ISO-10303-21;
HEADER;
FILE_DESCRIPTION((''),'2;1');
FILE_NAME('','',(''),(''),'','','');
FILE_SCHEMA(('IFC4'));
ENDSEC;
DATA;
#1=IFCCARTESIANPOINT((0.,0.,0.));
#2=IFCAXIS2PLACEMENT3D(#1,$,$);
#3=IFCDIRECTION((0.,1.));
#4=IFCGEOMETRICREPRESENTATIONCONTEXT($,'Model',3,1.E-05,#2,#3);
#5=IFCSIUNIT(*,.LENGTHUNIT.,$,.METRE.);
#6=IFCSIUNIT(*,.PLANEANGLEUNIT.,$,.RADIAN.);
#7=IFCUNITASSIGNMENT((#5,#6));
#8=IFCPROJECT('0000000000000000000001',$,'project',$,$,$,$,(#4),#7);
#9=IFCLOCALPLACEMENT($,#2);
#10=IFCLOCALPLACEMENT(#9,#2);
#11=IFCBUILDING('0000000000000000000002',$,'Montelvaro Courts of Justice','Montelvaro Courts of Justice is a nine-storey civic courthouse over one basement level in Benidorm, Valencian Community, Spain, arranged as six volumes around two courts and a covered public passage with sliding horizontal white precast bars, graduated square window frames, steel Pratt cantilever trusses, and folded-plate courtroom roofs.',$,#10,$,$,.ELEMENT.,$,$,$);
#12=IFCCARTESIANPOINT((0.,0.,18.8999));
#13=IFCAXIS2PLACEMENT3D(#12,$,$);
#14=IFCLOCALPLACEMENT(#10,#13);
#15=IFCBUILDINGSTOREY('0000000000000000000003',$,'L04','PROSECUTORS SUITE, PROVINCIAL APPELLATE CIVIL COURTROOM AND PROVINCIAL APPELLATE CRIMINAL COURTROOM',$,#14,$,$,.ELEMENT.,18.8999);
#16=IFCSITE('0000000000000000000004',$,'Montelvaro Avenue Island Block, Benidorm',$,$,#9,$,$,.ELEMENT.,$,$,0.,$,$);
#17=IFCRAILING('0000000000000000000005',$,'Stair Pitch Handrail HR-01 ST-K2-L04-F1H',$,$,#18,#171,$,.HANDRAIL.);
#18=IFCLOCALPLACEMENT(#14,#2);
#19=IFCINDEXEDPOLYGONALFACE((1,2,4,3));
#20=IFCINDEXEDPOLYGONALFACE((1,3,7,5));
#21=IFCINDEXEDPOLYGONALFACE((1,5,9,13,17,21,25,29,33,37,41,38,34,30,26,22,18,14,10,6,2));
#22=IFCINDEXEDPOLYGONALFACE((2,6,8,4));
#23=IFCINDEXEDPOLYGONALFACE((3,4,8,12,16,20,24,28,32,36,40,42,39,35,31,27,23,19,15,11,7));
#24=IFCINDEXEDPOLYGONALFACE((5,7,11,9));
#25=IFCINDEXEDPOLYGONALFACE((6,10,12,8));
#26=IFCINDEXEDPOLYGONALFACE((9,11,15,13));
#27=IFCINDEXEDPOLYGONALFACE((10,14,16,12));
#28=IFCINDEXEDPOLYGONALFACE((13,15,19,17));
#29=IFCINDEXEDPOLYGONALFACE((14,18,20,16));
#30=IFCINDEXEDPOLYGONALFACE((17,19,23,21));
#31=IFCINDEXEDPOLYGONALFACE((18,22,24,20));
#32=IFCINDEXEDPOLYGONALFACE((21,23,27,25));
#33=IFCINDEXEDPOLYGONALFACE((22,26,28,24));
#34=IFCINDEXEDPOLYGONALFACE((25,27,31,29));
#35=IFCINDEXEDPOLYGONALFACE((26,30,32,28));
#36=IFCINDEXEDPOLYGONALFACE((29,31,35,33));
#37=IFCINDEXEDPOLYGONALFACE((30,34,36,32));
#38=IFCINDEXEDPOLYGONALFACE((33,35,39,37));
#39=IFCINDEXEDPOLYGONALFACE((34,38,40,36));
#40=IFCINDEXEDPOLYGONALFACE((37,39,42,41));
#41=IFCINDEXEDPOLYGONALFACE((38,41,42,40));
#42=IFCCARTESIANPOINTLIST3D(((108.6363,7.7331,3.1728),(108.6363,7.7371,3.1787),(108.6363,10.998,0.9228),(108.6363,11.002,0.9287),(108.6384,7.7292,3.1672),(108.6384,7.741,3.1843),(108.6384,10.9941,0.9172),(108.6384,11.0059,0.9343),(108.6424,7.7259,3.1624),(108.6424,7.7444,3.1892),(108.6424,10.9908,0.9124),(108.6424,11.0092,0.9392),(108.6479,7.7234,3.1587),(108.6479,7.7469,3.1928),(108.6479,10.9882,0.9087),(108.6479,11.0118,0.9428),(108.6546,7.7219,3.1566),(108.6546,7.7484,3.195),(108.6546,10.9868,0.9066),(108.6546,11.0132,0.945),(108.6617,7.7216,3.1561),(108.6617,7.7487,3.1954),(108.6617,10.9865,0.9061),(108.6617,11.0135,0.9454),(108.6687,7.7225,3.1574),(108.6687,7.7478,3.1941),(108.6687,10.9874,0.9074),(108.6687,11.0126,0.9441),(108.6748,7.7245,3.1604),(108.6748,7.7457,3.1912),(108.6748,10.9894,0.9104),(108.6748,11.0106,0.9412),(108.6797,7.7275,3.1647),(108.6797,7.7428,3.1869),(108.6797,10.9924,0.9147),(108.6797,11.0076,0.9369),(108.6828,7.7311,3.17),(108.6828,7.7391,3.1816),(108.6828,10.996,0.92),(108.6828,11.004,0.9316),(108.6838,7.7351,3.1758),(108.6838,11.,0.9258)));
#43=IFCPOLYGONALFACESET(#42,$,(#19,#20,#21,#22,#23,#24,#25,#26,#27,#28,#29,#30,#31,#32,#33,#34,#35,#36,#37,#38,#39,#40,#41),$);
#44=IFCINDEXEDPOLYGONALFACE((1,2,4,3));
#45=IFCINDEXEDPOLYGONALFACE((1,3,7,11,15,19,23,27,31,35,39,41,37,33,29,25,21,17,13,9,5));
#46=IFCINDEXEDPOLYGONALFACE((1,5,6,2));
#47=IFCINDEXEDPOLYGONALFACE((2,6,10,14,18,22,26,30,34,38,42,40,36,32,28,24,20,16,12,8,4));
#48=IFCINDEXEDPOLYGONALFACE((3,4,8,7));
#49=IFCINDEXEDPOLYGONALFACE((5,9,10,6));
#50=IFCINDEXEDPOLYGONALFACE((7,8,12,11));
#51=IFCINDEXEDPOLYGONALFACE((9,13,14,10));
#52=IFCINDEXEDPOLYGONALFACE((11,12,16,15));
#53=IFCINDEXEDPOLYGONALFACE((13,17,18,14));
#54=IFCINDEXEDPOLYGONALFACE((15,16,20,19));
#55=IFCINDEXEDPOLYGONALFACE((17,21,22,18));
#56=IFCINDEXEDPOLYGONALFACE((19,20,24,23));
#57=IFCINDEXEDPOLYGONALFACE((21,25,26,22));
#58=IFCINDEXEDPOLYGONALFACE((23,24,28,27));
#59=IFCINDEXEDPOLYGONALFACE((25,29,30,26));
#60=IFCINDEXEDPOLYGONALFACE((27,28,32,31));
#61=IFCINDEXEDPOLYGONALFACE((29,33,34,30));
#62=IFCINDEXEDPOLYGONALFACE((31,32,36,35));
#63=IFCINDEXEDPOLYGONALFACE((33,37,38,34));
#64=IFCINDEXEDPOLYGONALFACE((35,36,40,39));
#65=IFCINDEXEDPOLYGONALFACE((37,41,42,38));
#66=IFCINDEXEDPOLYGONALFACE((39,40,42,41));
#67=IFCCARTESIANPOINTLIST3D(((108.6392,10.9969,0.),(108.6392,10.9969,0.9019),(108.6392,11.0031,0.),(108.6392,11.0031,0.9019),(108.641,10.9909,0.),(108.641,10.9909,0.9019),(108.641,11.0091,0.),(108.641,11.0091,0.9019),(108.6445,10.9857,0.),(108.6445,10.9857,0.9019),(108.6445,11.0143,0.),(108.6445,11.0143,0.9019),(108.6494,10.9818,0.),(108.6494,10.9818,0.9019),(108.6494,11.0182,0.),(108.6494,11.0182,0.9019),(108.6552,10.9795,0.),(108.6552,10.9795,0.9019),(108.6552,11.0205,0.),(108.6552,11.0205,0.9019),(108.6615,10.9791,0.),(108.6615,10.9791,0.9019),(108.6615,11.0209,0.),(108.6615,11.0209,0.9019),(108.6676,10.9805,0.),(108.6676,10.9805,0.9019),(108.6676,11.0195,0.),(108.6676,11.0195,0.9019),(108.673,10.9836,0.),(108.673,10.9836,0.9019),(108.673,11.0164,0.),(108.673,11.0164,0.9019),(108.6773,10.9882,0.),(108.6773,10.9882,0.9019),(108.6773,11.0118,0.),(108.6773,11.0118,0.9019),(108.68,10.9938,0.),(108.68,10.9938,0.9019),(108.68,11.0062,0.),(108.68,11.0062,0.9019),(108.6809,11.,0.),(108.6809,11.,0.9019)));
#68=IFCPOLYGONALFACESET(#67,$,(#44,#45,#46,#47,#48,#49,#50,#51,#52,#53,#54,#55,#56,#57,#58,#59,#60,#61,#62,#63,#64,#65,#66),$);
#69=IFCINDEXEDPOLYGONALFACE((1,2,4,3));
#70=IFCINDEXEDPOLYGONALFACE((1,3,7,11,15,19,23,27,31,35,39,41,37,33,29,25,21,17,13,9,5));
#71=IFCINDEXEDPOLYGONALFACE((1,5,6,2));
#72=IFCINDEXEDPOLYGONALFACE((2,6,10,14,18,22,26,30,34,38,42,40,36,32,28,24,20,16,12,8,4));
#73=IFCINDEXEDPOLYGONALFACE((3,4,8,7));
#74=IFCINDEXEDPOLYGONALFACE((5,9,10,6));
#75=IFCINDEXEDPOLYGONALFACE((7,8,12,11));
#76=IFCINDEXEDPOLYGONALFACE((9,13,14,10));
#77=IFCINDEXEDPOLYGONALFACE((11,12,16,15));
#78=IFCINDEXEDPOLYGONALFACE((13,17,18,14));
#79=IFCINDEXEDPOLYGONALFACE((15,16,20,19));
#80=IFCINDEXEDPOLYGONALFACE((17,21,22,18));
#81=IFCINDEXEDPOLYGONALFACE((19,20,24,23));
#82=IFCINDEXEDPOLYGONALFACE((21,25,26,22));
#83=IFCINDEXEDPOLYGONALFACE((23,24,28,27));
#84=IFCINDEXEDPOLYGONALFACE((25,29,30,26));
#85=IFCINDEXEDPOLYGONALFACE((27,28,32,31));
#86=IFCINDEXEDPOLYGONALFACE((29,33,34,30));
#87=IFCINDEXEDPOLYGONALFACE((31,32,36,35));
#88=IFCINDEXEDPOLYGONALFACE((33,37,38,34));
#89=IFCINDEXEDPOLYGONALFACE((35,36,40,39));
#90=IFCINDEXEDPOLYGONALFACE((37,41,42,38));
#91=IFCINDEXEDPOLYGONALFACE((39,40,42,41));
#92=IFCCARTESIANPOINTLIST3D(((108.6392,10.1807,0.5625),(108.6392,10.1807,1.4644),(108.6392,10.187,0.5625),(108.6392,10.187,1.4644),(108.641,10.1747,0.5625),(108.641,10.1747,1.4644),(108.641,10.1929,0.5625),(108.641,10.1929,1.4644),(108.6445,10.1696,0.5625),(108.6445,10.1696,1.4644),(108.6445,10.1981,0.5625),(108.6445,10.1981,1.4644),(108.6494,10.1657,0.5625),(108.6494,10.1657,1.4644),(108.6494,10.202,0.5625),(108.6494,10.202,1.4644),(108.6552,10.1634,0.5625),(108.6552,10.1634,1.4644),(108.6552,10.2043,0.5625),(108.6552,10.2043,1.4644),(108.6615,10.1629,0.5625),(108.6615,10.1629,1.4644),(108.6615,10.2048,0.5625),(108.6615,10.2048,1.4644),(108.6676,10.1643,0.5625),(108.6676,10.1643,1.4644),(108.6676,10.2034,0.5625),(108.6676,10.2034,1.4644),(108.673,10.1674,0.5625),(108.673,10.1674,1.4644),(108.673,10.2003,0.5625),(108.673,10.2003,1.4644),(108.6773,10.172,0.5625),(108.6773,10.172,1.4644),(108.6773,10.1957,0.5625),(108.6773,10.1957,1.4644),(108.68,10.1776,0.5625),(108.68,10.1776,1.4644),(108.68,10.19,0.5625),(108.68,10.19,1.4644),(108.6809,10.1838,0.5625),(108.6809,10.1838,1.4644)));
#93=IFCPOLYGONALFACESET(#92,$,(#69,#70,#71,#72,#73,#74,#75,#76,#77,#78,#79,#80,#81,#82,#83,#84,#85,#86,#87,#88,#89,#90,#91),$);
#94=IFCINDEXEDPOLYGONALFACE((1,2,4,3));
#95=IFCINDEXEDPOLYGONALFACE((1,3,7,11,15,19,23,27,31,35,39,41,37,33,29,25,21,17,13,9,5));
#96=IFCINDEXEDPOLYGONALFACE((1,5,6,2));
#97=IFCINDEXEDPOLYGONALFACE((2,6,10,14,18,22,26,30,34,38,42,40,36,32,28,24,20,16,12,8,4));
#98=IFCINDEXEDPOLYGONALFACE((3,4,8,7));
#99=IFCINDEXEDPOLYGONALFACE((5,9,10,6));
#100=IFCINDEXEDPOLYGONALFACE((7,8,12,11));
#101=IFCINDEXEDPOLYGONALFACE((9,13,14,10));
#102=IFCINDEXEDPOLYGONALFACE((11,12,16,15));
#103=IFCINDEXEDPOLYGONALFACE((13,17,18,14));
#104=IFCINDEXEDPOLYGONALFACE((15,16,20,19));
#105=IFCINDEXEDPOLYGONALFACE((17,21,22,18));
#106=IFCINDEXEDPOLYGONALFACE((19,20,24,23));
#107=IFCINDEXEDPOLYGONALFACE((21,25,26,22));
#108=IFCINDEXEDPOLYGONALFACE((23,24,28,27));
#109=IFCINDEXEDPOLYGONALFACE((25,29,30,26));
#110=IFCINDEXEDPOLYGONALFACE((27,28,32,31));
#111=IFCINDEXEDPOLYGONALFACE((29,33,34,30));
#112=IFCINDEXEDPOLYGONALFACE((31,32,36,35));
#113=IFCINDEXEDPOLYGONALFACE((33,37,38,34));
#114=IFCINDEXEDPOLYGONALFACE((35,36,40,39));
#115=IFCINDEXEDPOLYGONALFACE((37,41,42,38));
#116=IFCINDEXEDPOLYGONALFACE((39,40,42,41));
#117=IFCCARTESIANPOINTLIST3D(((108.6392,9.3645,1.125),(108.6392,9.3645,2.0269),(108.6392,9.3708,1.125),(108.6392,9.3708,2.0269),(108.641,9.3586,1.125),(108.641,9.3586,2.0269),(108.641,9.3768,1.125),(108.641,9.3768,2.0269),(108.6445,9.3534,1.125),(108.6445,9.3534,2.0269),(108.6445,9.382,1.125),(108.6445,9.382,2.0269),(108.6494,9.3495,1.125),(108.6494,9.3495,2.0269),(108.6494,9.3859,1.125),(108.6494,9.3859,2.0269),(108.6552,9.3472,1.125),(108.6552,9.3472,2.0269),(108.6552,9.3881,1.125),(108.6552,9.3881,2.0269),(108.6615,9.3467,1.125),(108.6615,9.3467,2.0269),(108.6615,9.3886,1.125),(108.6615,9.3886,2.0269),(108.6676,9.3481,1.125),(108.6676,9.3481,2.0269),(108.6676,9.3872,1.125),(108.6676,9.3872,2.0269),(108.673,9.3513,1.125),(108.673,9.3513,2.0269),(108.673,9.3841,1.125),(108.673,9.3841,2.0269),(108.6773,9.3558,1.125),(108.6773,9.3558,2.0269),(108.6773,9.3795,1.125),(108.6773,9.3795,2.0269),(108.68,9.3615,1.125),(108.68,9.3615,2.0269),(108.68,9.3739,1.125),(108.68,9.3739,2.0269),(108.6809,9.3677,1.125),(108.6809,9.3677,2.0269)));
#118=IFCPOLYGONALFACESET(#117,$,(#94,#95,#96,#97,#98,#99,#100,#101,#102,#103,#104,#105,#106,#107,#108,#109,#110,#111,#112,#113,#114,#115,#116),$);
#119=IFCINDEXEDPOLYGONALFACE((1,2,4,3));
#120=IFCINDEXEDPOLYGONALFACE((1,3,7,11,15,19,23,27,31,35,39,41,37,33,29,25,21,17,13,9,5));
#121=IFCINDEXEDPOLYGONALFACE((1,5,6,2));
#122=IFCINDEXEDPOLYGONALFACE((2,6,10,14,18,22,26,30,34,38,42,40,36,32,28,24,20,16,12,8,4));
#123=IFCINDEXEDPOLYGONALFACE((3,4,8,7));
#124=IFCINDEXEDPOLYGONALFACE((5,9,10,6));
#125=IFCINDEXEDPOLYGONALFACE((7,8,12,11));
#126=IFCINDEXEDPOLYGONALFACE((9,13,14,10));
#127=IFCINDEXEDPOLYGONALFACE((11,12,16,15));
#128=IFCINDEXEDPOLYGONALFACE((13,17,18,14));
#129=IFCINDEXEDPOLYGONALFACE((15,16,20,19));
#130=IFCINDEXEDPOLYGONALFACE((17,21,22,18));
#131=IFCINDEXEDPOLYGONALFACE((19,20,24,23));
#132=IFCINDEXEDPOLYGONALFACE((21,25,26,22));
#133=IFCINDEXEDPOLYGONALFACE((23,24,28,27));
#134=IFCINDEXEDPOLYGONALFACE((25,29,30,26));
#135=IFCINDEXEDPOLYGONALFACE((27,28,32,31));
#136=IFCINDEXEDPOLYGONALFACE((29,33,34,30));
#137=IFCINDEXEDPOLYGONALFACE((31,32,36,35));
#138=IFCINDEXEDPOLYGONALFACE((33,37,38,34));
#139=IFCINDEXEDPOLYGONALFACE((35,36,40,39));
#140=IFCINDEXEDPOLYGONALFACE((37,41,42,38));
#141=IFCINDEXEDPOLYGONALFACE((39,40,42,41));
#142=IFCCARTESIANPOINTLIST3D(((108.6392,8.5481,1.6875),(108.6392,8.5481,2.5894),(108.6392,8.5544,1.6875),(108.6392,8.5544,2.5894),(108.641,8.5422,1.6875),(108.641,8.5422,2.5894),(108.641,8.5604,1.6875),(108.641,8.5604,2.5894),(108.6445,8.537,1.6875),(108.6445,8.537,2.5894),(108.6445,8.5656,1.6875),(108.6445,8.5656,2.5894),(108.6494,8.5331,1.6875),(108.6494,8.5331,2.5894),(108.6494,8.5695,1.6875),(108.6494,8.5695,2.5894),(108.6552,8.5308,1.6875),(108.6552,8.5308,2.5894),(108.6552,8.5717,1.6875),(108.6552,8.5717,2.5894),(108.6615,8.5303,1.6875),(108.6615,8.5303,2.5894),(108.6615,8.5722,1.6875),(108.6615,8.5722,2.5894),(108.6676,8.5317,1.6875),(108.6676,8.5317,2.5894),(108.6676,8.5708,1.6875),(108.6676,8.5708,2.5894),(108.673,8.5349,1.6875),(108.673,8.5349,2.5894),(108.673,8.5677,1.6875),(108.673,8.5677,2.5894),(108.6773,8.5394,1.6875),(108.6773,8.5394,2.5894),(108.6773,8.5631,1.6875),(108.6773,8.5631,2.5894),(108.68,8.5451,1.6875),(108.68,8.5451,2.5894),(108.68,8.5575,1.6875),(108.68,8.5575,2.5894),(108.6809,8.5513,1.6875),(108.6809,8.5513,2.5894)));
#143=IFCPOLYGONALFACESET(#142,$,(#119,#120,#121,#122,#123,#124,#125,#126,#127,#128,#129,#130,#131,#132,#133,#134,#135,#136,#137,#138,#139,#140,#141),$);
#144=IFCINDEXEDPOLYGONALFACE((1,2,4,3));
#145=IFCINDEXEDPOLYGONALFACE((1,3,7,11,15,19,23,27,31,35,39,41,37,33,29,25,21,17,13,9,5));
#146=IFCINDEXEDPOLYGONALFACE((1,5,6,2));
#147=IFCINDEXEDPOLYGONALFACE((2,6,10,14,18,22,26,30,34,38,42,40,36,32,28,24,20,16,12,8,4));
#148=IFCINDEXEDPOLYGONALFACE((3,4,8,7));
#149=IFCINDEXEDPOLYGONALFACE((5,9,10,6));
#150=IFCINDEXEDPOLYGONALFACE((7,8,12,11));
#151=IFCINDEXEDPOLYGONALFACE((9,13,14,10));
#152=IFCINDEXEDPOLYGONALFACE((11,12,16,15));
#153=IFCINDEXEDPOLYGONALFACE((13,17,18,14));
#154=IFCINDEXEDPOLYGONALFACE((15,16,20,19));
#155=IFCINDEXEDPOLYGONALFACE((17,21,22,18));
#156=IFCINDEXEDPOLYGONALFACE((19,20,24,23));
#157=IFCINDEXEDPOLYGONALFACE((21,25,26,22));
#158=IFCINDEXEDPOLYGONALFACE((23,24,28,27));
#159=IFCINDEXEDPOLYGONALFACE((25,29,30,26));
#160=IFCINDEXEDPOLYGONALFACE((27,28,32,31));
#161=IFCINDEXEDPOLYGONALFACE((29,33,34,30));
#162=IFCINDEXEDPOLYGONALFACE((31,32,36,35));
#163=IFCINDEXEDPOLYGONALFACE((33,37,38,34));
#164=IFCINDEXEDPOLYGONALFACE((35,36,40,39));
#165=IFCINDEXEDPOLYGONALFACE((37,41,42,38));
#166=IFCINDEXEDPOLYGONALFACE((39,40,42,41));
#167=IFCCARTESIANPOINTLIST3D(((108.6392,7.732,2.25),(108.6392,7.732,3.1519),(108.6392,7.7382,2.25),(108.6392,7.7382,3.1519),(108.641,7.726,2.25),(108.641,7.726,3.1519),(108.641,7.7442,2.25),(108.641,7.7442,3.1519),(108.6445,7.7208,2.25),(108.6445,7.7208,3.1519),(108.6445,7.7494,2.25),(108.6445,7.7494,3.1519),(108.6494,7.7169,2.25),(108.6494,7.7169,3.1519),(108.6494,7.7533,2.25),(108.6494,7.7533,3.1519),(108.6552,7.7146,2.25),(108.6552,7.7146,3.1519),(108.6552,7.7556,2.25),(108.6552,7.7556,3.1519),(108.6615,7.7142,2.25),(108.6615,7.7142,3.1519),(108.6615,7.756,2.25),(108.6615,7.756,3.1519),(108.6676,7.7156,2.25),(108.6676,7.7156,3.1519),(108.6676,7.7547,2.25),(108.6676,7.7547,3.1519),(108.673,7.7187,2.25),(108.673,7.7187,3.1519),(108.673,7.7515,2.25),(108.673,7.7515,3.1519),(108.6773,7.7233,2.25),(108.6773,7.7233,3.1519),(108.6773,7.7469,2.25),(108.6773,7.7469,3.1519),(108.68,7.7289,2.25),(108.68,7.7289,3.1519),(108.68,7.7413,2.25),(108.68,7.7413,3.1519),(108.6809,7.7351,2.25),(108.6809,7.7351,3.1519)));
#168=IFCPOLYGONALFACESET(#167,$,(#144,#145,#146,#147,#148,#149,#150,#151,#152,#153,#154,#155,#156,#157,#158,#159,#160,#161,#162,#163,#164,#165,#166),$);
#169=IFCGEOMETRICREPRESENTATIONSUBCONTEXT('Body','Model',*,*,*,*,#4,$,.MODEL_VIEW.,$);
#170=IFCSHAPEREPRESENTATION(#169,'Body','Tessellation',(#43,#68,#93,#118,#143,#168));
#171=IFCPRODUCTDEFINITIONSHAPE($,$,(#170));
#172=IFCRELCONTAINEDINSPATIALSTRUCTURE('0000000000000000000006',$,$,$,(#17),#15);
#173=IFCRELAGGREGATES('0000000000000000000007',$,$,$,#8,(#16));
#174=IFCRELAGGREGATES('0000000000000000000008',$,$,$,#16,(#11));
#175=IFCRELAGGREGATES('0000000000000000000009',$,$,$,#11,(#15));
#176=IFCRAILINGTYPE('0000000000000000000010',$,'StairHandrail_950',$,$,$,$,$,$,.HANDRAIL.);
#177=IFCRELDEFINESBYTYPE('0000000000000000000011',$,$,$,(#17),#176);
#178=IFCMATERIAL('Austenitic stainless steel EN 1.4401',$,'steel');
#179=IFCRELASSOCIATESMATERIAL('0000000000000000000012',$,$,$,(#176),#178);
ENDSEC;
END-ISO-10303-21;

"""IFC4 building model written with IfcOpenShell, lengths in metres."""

from ifc_helpers import new_model, si_unit, direction, frame, origin, origin_2d, place, context, subcontext, project, spatial, circle, extrude, material, type_object, element, save


model = new_model("IFC4")

# Units and contexts
model_context = context("Model", 3, precision=1e-05, world=origin(), true_north=direction((0.0, 1.0)))
body_context = subcontext(model_context, "Body", "Model", "MODEL_VIEW")
ifc_project = project(units=[si_unit("LENGTHUNIT", "METRE"), si_unit("PLANEANGLEUNIT", "RADIAN")], contexts=[model_context])

# Site, building, storey
site_placement = place(None, origin())
site = spatial("IfcSite", under=ifc_project, at=site_placement, Name="Montelvaro Avenue Island Block, Benidorm", CompositionType="ELEMENT", RefElevation=0.0)
building_placement = place(site_placement, origin())
building = spatial("IfcBuilding", under=site, at=building_placement, Name="Montelvaro Courts of Justice", Description="Montelvaro Courts of Justice is a nine-storey civic courthouse over one basement level in Benidorm, Valencian Community, Spain, arranged as six volumes around two courts and a covered public passage with sliding horizontal white precast bars, graduated square window frames, steel Pratt cantilever trusses, and folded-plate courtroom roofs.", CompositionType="ELEMENT")
storey_placement = place(building_placement, frame((0.0, 0.0, 18.8999)))
storey = spatial("IfcBuildingStorey", under=building, at=storey_placement, Name="L04", Description="PROSECUTORS SUITE, PROVINCIAL APPELLATE CIVIL COURTROOM AND PROVINCIAL APPELLATE CRIMINAL COURTROOM", CompositionType="ELEMENT", Elevation=18.8999)

# Railing
ifc_material_1 = material(Name="Austenitic stainless steel EN 1.4401", Category="steel")
railing_type_1 = type_object("IfcRailingType", Name="StairHandrail_950", PredefinedType="HANDRAIL", material=ifc_material_1)
railing_1_placement = place(storey_placement, frame((108.6599, 11.0, 0.0)))
element("IfcRailing", 1, at=railing_1_placement, inside=storey, type_object=railing_type_1, Name="Stair Pitch Handrail HR-01 ST-K2-L04-F1H", PredefinedType="HANDRAIL", context=body_context, shape_type="SweptSolid", body=[
    extrude(circle(Radius=0.0239, at=origin_2d()), frame((0.0, 0.0, 0.9258), z_axis=(0.0, -0.823407, 0.567451), x_axis=(1.0, 0.0, 0.0)), (0.0, 0.0, 1.0), 3.9651),
    extrude(circle(Radius=0.021, at=origin_2d()), origin(), (0.0, 0.0, 1.0), 0.9019),
    extrude(circle(Radius=0.021, at=origin_2d()), frame((0.0, -0.8162, 0.5625)), (0.0, 0.0, 1.0), 0.9019),
    extrude(circle(Radius=0.021, at=origin_2d()), frame((0.0, -1.6323, 1.125)), (0.0, 0.0, 1.0), 0.9019),
    extrude(circle(Radius=0.021, at=origin_2d()), frame((0.0, -2.4487, 1.6875)), (0.0, 0.0, 1.0), 0.9019),
    extrude(circle(Radius=0.021, at=origin_2d()), frame((0.0, -3.2649, 2.25)), (0.0, 0.0, 1.0), 0.9019),
])

save(model, "model.ifc")
